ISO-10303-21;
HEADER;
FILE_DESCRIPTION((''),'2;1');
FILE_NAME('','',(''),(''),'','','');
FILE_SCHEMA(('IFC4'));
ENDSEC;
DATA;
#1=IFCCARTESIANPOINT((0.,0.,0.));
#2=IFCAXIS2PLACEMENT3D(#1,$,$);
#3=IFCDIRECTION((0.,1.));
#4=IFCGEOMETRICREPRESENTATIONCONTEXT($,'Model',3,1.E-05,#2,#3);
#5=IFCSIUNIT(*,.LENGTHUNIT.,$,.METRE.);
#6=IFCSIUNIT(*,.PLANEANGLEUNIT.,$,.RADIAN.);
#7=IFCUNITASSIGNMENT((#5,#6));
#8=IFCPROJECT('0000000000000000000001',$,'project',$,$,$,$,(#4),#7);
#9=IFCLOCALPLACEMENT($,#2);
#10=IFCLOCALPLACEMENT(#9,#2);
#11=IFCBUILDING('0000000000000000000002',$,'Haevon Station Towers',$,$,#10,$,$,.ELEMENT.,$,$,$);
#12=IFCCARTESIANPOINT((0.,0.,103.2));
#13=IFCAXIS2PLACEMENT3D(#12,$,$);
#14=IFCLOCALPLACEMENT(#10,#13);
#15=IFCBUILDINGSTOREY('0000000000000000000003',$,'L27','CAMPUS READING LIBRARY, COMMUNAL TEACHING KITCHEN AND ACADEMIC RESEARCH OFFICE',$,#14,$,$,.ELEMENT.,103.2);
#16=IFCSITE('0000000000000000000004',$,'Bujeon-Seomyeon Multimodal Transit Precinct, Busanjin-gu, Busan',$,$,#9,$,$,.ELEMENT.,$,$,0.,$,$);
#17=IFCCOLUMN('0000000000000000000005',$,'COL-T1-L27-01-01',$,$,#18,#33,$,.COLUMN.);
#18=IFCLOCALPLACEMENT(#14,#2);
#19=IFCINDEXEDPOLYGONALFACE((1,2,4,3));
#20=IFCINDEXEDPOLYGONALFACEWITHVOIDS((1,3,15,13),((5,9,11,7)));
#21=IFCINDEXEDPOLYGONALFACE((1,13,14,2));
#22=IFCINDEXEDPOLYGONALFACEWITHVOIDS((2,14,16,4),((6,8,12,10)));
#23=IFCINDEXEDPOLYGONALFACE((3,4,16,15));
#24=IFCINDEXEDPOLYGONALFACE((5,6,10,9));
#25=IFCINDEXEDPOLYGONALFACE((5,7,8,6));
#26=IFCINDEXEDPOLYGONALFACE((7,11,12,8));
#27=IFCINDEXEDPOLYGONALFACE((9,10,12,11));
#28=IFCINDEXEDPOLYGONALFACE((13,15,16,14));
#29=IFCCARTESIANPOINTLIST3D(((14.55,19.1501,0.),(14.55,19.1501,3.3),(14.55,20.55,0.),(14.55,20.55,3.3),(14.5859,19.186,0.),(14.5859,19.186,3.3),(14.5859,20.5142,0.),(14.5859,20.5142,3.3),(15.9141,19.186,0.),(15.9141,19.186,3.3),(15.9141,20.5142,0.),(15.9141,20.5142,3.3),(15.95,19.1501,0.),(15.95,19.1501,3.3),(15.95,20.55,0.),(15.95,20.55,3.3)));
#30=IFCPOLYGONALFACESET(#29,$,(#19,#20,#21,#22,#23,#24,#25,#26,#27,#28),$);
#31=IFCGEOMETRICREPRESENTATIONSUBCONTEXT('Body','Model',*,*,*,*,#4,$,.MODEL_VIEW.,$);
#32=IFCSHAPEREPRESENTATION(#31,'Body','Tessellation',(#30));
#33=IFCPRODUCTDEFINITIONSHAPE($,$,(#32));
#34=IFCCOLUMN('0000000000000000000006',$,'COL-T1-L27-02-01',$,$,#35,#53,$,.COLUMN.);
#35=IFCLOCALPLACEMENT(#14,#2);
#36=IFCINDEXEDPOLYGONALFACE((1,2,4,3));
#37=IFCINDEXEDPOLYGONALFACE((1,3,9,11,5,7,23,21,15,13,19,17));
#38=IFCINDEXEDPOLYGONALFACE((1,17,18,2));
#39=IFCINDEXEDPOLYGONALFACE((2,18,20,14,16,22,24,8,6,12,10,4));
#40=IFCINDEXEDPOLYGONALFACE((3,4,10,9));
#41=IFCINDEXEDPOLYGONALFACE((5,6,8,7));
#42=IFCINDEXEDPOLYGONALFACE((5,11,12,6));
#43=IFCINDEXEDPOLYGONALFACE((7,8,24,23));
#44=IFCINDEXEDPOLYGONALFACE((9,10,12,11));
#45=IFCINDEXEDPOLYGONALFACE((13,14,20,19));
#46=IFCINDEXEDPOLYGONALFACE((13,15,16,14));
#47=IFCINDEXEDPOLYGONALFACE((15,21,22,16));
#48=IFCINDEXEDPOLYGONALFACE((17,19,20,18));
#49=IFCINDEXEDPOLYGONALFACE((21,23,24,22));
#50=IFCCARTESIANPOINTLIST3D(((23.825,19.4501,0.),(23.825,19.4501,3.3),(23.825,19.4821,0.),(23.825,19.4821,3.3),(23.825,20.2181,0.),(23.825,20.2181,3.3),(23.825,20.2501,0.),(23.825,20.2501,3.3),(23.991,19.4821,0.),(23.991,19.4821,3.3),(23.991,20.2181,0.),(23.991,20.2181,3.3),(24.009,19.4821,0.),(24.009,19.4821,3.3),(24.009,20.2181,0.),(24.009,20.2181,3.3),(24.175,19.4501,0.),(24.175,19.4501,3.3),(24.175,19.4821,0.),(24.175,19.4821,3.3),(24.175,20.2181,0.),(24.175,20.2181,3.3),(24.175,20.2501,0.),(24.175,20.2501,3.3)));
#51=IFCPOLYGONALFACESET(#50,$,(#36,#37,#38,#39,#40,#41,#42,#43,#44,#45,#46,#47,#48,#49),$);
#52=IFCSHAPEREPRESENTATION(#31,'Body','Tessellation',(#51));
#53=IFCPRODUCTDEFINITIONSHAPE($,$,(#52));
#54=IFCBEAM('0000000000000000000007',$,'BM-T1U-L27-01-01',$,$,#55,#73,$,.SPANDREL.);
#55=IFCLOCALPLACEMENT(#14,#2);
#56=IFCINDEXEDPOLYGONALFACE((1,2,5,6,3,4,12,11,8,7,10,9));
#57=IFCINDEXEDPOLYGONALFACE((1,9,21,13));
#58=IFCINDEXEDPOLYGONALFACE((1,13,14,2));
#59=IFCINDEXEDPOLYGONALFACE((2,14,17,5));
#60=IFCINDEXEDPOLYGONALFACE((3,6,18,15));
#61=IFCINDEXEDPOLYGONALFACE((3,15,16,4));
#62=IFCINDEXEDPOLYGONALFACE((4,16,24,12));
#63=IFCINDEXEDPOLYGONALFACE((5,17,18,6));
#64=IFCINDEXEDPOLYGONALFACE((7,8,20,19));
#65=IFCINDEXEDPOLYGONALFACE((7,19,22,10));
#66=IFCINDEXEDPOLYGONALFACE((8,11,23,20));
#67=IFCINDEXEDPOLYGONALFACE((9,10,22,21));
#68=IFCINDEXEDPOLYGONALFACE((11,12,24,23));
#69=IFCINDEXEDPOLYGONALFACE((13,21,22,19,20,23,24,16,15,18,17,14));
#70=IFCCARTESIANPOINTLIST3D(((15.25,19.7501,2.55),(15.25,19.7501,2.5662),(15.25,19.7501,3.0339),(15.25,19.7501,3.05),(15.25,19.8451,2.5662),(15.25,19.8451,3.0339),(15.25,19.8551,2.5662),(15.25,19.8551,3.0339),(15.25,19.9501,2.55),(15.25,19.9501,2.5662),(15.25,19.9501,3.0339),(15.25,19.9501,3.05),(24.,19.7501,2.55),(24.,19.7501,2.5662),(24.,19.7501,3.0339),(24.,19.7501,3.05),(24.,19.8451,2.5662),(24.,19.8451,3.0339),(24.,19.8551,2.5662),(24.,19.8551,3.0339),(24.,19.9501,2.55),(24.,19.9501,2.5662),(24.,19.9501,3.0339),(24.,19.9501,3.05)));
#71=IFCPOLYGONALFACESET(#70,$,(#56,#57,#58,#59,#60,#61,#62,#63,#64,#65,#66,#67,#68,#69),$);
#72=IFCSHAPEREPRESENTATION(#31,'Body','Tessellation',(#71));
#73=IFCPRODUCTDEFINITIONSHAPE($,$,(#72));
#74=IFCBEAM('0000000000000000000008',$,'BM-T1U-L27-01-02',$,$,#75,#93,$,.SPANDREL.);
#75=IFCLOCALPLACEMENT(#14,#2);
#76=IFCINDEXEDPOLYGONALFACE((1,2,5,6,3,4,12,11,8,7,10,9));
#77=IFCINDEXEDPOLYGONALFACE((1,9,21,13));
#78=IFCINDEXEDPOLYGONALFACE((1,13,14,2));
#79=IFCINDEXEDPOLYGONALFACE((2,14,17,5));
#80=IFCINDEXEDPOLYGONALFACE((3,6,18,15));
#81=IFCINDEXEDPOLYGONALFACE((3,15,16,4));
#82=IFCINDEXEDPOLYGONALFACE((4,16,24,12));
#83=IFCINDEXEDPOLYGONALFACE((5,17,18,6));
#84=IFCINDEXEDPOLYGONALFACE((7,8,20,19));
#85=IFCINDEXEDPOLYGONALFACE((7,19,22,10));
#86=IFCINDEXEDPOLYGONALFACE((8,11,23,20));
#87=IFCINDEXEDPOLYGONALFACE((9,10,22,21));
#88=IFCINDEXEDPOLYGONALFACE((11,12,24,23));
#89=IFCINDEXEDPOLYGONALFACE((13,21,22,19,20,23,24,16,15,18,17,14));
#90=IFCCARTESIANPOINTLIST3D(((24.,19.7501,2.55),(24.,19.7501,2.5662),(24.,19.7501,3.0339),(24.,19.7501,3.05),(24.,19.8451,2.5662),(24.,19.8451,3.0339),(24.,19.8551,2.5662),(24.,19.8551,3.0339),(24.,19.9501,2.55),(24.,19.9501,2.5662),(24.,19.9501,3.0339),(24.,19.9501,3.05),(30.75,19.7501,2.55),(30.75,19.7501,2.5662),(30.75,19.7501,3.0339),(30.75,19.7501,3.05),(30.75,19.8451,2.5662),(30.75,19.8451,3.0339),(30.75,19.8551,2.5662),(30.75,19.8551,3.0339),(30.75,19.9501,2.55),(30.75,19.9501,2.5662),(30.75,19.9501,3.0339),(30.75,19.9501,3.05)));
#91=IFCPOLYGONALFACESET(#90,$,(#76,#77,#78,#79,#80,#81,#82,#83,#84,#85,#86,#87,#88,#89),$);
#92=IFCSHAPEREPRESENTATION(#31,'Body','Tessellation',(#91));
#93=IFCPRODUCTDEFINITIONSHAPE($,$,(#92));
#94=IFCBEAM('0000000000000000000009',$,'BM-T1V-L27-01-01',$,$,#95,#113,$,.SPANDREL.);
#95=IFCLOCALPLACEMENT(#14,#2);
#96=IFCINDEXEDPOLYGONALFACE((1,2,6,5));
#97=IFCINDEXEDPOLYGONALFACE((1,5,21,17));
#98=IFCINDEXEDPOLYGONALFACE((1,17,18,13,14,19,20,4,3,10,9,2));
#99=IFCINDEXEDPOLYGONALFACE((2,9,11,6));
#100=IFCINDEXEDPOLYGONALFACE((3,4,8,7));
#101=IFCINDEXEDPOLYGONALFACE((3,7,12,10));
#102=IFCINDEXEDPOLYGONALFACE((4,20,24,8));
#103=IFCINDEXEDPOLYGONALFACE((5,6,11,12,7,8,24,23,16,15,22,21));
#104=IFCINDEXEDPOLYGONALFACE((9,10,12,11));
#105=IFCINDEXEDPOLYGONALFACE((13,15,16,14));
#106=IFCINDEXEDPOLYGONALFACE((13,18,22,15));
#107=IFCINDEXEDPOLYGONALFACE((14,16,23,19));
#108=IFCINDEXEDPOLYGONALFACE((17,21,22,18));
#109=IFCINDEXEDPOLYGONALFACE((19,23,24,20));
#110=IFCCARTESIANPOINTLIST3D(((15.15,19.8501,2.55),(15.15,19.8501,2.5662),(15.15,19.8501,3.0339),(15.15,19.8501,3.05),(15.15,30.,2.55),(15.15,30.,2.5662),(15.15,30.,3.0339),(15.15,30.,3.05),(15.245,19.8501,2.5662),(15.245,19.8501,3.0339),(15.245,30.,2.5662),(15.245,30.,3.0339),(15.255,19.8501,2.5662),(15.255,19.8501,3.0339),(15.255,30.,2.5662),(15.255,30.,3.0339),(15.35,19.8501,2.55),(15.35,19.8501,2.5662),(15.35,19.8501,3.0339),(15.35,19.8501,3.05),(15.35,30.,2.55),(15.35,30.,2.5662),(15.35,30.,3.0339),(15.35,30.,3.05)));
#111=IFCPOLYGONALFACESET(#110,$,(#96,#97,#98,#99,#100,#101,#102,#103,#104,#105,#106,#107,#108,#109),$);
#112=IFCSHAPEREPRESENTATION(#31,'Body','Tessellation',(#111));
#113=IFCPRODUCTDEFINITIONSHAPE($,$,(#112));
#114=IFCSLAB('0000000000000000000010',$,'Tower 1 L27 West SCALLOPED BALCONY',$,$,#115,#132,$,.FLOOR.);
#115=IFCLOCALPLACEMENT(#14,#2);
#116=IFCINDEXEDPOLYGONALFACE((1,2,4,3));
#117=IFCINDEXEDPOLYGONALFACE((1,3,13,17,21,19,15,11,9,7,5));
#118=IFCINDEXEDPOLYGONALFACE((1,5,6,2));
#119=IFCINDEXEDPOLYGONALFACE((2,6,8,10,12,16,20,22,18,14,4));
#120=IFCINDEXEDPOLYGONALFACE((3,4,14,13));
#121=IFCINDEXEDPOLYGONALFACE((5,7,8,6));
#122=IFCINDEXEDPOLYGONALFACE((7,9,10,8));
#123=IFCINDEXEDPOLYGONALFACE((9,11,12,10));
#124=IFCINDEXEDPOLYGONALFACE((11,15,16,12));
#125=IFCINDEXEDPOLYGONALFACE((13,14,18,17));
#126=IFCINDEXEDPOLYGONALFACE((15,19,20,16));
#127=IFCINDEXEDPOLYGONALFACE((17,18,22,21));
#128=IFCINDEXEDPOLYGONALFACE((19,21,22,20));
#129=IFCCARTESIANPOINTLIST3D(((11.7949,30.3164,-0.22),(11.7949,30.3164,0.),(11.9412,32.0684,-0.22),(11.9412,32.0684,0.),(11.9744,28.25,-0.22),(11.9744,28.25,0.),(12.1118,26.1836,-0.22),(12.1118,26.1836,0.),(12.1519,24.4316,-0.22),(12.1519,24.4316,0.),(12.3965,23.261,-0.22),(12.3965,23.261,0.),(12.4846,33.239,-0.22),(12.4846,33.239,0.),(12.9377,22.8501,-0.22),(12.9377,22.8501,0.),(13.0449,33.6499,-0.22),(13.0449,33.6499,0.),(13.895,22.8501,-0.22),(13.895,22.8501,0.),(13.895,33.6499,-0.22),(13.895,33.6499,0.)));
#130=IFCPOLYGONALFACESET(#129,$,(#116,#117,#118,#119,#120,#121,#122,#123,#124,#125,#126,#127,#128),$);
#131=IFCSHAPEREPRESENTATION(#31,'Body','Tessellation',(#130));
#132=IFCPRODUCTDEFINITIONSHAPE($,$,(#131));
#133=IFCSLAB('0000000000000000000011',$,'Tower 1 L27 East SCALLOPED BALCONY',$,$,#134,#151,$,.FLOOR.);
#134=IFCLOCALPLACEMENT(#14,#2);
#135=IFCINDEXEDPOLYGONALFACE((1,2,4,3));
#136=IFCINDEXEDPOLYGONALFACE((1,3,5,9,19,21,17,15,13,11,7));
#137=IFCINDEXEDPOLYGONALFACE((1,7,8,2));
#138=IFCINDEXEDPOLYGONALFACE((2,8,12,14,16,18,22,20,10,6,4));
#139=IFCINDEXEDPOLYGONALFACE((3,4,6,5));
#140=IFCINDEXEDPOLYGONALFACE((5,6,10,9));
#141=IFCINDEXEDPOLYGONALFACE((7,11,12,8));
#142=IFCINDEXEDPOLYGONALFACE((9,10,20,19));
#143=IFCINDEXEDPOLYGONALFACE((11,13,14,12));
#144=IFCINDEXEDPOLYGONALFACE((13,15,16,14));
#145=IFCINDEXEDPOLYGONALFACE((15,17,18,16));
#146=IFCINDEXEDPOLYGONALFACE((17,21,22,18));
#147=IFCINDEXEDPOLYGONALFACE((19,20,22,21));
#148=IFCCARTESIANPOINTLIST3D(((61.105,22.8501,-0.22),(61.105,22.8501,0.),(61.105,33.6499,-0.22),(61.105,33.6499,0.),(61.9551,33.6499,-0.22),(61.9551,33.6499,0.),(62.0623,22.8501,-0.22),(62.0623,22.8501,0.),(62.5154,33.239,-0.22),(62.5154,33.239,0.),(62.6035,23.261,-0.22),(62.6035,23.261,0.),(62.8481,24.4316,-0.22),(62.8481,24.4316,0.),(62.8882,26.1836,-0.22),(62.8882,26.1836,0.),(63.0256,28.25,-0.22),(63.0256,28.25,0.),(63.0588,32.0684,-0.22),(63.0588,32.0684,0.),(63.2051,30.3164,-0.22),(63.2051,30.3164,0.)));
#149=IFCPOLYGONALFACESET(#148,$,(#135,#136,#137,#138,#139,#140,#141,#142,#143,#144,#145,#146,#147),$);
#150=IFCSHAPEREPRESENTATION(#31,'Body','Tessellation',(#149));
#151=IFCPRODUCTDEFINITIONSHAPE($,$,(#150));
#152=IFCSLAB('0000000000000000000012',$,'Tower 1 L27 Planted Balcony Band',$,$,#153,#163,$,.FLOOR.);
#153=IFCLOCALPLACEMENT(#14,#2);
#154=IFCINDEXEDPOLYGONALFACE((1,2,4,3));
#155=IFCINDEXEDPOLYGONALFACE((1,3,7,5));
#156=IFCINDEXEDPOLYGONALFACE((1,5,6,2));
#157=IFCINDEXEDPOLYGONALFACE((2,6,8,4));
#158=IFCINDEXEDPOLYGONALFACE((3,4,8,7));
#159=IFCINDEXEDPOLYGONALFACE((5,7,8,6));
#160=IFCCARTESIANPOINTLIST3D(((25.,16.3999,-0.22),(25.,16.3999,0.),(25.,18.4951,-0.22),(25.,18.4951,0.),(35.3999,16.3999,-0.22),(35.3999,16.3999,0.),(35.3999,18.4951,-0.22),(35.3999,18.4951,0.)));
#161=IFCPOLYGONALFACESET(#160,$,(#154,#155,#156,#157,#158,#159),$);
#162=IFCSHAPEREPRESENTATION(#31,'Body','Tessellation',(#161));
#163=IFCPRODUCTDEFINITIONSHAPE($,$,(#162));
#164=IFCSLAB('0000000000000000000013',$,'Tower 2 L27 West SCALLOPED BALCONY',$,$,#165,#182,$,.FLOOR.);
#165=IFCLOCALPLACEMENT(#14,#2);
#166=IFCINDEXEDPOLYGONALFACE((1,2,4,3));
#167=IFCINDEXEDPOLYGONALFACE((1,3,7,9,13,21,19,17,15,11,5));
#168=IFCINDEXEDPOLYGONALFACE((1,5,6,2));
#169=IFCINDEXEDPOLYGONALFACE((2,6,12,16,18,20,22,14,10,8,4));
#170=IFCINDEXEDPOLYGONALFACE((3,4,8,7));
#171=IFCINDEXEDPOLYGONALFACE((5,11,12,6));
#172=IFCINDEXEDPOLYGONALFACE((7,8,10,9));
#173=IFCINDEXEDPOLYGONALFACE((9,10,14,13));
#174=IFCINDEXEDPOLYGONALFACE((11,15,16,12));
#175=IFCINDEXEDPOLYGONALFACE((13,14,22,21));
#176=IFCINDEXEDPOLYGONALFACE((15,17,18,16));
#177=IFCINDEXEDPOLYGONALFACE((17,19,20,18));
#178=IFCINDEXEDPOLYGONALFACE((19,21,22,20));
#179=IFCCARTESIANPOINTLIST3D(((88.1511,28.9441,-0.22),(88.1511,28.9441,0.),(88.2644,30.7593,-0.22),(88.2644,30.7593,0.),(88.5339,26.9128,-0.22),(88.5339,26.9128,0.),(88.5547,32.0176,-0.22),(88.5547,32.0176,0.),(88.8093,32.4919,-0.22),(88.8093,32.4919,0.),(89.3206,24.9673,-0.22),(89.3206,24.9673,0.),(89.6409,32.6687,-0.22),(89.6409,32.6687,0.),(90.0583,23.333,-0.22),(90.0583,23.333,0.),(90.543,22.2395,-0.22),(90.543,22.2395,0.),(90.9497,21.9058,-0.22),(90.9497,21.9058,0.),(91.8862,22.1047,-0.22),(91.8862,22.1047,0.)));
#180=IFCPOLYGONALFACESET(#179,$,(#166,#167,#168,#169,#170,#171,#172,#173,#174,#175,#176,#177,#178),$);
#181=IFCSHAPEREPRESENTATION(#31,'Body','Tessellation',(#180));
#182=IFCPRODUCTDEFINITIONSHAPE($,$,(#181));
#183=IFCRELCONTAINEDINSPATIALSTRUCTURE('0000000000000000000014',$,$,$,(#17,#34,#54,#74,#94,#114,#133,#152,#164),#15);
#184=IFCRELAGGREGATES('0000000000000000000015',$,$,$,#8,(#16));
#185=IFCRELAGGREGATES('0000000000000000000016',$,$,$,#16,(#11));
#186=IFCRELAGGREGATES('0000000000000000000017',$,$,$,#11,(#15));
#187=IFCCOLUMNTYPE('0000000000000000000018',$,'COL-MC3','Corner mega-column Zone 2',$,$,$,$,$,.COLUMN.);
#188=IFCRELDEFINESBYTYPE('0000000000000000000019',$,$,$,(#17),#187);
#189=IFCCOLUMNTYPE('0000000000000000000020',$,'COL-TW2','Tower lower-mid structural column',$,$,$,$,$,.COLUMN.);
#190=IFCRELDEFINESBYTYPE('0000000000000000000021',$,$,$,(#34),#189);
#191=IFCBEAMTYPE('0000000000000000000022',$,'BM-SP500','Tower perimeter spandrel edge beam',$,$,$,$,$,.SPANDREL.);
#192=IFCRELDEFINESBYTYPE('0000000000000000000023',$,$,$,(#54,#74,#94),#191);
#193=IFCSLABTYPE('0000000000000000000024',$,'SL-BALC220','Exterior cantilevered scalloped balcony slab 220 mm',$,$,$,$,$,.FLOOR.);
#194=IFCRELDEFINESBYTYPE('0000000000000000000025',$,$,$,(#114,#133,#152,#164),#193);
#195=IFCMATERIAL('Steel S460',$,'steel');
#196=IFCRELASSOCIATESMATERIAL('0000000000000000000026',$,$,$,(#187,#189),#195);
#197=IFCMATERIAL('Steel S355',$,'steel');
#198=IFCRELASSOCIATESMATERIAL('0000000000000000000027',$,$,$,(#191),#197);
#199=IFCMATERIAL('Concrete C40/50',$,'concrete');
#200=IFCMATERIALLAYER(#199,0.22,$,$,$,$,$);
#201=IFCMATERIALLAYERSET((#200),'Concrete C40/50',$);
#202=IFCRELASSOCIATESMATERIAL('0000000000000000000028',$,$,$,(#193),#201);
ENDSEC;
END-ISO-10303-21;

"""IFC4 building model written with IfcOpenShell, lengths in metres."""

from ifc_helpers import new_model, si_unit, direction, frame, origin, origin_2d, place, context, subcontext, project, spatial, polyline, hollow_rectangle, i_section, outline, extrude, material, layer, layer_set, material_profile, profile_set, type_object, element, save


model = new_model("IFC4")

# Units and contexts
model_context = context("Model", 3, precision=1e-05, world=origin(), true_north=direction((0.0, 1.0)))
body_context = subcontext(model_context, "Body", "Model", "MODEL_VIEW")
ifc_project = project(units=[si_unit("LENGTHUNIT", "METRE"), si_unit("PLANEANGLEUNIT", "RADIAN")], contexts=[model_context])

# Site, building, storey
site_placement = place(None, origin())
site = spatial("IfcSite", under=ifc_project, at=site_placement, Name="Bujeon-Seomyeon Multimodal Transit Precinct, Busanjin-gu, Busan", CompositionType="ELEMENT", RefElevation=0.0)
building_placement = place(site_placement, origin())
building = spatial("IfcBuilding", under=site, at=building_placement, Name="Haevon Station Towers", CompositionType="ELEMENT")
storey_placement = place(building_placement, frame((0.0, 0.0, 103.2)))
storey = spatial("IfcBuildingStorey", under=building, at=storey_placement, Name="L27", Description="CAMPUS READING LIBRARY, COMMUNAL TEACHING KITCHEN AND ACADEMIC RESEARCH OFFICE", CompositionType="ELEMENT", Elevation=103.2)

# Columns
ifc_material_1 = material(Name="Steel S460", Category="steel")
ifc_material_profile_1 = material_profile(ifc_material_1, hollow_rectangle(XDim=1.3999, YDim=1.3999, WallThickness=0.0359, at=origin_2d()), Name="BOX-1400x1400x36")
ifc_profile_set_1 = profile_set([ifc_material_profile_1], Name="Steel S460")
column_type_1 = type_object("IfcColumnType", Name="COL-MC3", Description="Corner mega-column Zone 2", PredefinedType="COLUMN", material=ifc_profile_set_1)
column_1_placement = place(storey_placement, frame((15.25, 19.8501, 0.0), z_axis=(0.0, 0.0, 1.0), x_axis=(1.0, 0.0, 0.0)))
element("IfcColumn", 1, at=column_1_placement, inside=storey, type_object=column_type_1, Name="COL-T1-L27-01-01", PredefinedType="COLUMN", context=body_context, shape_type="SweptSolid", body=[
    extrude(hollow_rectangle(XDim=1.3999, YDim=1.3999, WallThickness=0.0359, at=origin_2d()), origin(), (0.0, 0.0, 1.0), 3.3),
])
ifc_material_profile_2 = material_profile(ifc_material_1, i_section(OverallWidth=0.3501, OverallDepth=0.8, WebThickness=0.0181, FlangeThickness=0.032, at=origin_2d()), Name="H-800x350x18x32")
ifc_profile_set_2 = profile_set([ifc_material_profile_2], Name="Steel S460")
column_type_2 = type_object("IfcColumnType", Name="COL-TW2", Description="Tower lower-mid structural column", PredefinedType="COLUMN", material=ifc_profile_set_2)
column_2_placement = place(storey_placement, frame((24.0, 19.8501, 0.0), z_axis=(0.0, 0.0, 1.0), x_axis=(1.0, 0.0, 0.0)))
element("IfcColumn", 2, at=column_2_placement, inside=storey, type_object=column_type_2, Name="COL-T1-L27-02-01", PredefinedType="COLUMN", context=body_context, shape_type="SweptSolid", body=[
    extrude(i_section(OverallWidth=0.3501, OverallDepth=0.8, WebThickness=0.0181, FlangeThickness=0.032, at=origin_2d()), origin(), (0.0, 0.0, 1.0), 3.3),
])

# Beams
ifc_material_2 = material(Name="Steel S355", Category="steel")
ifc_material_profile_3 = material_profile(ifc_material_2, i_section(OverallWidth=0.2, OverallDepth=0.5, WebThickness=0.01, FlangeThickness=0.0161, at=origin_2d()), Name="H-500x200x10x16")
ifc_profile_set_3 = profile_set([ifc_material_profile_3], Name="Steel S355")
beam_type = type_object("IfcBeamType", Name="BM-SP500", Description="Tower perimeter spandrel edge beam", PredefinedType="SPANDREL", material=ifc_profile_set_3)
beam_1_placement = place(storey_placement, frame((15.25, 19.8501, 2.8), z_axis=(1.0, 0.0, 0.0), x_axis=(0.0, 1.0, 0.0)))
element("IfcBeam", 3, at=beam_1_placement, inside=storey, type_object=beam_type, Name="BM-T1U-L27-01-01", PredefinedType="SPANDREL", context=body_context, shape_type="SweptSolid", body=[
    extrude(i_section(OverallWidth=0.2, OverallDepth=0.5, WebThickness=0.01, FlangeThickness=0.0161, at=origin_2d()), origin(), (0.0, 0.0, 1.0), 8.75),
])
beam_2_placement = place(storey_placement, frame((24.0, 19.8501, 2.8), z_axis=(1.0, 0.0, 0.0), x_axis=(0.0, 1.0, 0.0)))
element("IfcBeam", 4, at=beam_2_placement, inside=storey, type_object=beam_type, Name="BM-T1U-L27-01-02", PredefinedType="SPANDREL", context=body_context, shape_type="SweptSolid", body=[
    extrude(i_section(OverallWidth=0.2, OverallDepth=0.5, WebThickness=0.01, FlangeThickness=0.0161, at=origin_2d()), origin(), (0.0, 0.0, 1.0), 6.75),
])
beam_3_placement = place(storey_placement, frame((15.25, 19.8501, 2.8), z_axis=(0.0, 1.0, 0.0), x_axis=(-1.0, 0.0, 0.0)))
element("IfcBeam", 5, at=beam_3_placement, inside=storey, type_object=beam_type, Name="BM-T1V-L27-01-01", PredefinedType="SPANDREL", context=body_context, shape_type="SweptSolid", body=[
    extrude(i_section(OverallWidth=0.2, OverallDepth=0.5, WebThickness=0.01, FlangeThickness=0.0161, at=origin_2d()), origin(), (0.0, 0.0, 1.0), 10.1499),
])

# Slabs
ifc_material_3 = material(Name="Concrete C40/50", Category="concrete")
ifc_layer_1 = layer(ifc_material_3, 0.22)
ifc_layer_set_1 = layer_set([ifc_layer_1], Name="Concrete C40/50")
slab_type_1 = type_object("IfcSlabType", Name="SL-BALC220", Description="Exterior cantilevered scalloped balcony slab 220 mm", PredefinedType="FLOOR", material=ifc_layer_set_1)
slab_1_placement = place(storey_placement, frame((0.0, 0.0, -0.22)))
element("IfcSlab", 6, at=slab_1_placement, inside=storey, type_object=slab_type_1, Name="Tower 1 L27 West SCALLOPED BALCONY", PredefinedType="FLOOR", context=body_context, shape_type="SweptSolid", body=[
    extrude(outline(polyline([(13.895, 33.6499), (13.0449, 33.6499), (12.4846, 33.239), (11.9412, 32.0684), (11.7949, 30.3164), (11.9744, 28.25), (12.1118, 26.1836), (12.1519, 24.4316), (12.3965, 23.261), (12.9377, 22.8501), (13.895, 22.8501), (13.895, 33.6499)])), origin(), (0.0, 0.0, 1.0), 0.22),
])
slab_2_placement = place(storey_placement, frame((0.0, 0.0, -0.22)))
element("IfcSlab", 7, at=slab_2_placement, inside=storey, type_object=slab_type_1, Name="Tower 1 L27 East SCALLOPED BALCONY", PredefinedType="FLOOR", context=body_context, shape_type="SweptSolid", body=[
    extrude(outline(polyline([(61.105, 22.8501), (62.0623, 22.8501), (62.6035, 23.261), (62.8481, 24.4316), (62.8882, 26.1836), (63.0256, 28.25), (63.2051, 30.3164), (63.0588, 32.0684), (62.5154, 33.239), (61.9551, 33.6499), (61.105, 33.6499), (61.105, 22.8501)])), origin(), (0.0, 0.0, 1.0), 0.22),
])
slab_3_placement = place(storey_placement, frame((0.0, 0.0, -0.22)))
element("IfcSlab", 8, at=slab_3_placement, inside=storey, type_object=slab_type_1, Name="Tower 1 L27 Planted Balcony Band", PredefinedType="FLOOR", context=body_context, shape_type="SweptSolid", body=[
    extrude(outline(polyline([(25.0, 16.3999), (35.3999, 16.3999), (35.3999, 18.4951), (25.0, 18.4951), (25.0, 16.3999)])), origin(), (0.0, 0.0, 1.0), 0.22),
])
slab_4_placement = place(storey_placement, frame((0.0, 0.0, -0.22)))
element("IfcSlab", 9, at=slab_4_placement, inside=storey, type_object=slab_type_1, Name="Tower 2 L27 West SCALLOPED BALCONY", PredefinedType="FLOOR", context=body_context, shape_type="SweptSolid", body=[
    extrude(outline(polyline([(89.6409, 32.6687), (88.8093, 32.4919), (88.5547, 32.0176), (88.2644, 30.7593), (88.1511, 28.9441), (88.5339, 26.9128), (89.3206, 24.9673), (90.0583, 23.333), (90.543, 22.2395), (90.9497, 21.9058), (91.8862, 22.1047), (89.6409, 32.6687)])), origin(), (0.0, 0.0, 1.0), 0.22),
])

save(model, "model.ifc")
